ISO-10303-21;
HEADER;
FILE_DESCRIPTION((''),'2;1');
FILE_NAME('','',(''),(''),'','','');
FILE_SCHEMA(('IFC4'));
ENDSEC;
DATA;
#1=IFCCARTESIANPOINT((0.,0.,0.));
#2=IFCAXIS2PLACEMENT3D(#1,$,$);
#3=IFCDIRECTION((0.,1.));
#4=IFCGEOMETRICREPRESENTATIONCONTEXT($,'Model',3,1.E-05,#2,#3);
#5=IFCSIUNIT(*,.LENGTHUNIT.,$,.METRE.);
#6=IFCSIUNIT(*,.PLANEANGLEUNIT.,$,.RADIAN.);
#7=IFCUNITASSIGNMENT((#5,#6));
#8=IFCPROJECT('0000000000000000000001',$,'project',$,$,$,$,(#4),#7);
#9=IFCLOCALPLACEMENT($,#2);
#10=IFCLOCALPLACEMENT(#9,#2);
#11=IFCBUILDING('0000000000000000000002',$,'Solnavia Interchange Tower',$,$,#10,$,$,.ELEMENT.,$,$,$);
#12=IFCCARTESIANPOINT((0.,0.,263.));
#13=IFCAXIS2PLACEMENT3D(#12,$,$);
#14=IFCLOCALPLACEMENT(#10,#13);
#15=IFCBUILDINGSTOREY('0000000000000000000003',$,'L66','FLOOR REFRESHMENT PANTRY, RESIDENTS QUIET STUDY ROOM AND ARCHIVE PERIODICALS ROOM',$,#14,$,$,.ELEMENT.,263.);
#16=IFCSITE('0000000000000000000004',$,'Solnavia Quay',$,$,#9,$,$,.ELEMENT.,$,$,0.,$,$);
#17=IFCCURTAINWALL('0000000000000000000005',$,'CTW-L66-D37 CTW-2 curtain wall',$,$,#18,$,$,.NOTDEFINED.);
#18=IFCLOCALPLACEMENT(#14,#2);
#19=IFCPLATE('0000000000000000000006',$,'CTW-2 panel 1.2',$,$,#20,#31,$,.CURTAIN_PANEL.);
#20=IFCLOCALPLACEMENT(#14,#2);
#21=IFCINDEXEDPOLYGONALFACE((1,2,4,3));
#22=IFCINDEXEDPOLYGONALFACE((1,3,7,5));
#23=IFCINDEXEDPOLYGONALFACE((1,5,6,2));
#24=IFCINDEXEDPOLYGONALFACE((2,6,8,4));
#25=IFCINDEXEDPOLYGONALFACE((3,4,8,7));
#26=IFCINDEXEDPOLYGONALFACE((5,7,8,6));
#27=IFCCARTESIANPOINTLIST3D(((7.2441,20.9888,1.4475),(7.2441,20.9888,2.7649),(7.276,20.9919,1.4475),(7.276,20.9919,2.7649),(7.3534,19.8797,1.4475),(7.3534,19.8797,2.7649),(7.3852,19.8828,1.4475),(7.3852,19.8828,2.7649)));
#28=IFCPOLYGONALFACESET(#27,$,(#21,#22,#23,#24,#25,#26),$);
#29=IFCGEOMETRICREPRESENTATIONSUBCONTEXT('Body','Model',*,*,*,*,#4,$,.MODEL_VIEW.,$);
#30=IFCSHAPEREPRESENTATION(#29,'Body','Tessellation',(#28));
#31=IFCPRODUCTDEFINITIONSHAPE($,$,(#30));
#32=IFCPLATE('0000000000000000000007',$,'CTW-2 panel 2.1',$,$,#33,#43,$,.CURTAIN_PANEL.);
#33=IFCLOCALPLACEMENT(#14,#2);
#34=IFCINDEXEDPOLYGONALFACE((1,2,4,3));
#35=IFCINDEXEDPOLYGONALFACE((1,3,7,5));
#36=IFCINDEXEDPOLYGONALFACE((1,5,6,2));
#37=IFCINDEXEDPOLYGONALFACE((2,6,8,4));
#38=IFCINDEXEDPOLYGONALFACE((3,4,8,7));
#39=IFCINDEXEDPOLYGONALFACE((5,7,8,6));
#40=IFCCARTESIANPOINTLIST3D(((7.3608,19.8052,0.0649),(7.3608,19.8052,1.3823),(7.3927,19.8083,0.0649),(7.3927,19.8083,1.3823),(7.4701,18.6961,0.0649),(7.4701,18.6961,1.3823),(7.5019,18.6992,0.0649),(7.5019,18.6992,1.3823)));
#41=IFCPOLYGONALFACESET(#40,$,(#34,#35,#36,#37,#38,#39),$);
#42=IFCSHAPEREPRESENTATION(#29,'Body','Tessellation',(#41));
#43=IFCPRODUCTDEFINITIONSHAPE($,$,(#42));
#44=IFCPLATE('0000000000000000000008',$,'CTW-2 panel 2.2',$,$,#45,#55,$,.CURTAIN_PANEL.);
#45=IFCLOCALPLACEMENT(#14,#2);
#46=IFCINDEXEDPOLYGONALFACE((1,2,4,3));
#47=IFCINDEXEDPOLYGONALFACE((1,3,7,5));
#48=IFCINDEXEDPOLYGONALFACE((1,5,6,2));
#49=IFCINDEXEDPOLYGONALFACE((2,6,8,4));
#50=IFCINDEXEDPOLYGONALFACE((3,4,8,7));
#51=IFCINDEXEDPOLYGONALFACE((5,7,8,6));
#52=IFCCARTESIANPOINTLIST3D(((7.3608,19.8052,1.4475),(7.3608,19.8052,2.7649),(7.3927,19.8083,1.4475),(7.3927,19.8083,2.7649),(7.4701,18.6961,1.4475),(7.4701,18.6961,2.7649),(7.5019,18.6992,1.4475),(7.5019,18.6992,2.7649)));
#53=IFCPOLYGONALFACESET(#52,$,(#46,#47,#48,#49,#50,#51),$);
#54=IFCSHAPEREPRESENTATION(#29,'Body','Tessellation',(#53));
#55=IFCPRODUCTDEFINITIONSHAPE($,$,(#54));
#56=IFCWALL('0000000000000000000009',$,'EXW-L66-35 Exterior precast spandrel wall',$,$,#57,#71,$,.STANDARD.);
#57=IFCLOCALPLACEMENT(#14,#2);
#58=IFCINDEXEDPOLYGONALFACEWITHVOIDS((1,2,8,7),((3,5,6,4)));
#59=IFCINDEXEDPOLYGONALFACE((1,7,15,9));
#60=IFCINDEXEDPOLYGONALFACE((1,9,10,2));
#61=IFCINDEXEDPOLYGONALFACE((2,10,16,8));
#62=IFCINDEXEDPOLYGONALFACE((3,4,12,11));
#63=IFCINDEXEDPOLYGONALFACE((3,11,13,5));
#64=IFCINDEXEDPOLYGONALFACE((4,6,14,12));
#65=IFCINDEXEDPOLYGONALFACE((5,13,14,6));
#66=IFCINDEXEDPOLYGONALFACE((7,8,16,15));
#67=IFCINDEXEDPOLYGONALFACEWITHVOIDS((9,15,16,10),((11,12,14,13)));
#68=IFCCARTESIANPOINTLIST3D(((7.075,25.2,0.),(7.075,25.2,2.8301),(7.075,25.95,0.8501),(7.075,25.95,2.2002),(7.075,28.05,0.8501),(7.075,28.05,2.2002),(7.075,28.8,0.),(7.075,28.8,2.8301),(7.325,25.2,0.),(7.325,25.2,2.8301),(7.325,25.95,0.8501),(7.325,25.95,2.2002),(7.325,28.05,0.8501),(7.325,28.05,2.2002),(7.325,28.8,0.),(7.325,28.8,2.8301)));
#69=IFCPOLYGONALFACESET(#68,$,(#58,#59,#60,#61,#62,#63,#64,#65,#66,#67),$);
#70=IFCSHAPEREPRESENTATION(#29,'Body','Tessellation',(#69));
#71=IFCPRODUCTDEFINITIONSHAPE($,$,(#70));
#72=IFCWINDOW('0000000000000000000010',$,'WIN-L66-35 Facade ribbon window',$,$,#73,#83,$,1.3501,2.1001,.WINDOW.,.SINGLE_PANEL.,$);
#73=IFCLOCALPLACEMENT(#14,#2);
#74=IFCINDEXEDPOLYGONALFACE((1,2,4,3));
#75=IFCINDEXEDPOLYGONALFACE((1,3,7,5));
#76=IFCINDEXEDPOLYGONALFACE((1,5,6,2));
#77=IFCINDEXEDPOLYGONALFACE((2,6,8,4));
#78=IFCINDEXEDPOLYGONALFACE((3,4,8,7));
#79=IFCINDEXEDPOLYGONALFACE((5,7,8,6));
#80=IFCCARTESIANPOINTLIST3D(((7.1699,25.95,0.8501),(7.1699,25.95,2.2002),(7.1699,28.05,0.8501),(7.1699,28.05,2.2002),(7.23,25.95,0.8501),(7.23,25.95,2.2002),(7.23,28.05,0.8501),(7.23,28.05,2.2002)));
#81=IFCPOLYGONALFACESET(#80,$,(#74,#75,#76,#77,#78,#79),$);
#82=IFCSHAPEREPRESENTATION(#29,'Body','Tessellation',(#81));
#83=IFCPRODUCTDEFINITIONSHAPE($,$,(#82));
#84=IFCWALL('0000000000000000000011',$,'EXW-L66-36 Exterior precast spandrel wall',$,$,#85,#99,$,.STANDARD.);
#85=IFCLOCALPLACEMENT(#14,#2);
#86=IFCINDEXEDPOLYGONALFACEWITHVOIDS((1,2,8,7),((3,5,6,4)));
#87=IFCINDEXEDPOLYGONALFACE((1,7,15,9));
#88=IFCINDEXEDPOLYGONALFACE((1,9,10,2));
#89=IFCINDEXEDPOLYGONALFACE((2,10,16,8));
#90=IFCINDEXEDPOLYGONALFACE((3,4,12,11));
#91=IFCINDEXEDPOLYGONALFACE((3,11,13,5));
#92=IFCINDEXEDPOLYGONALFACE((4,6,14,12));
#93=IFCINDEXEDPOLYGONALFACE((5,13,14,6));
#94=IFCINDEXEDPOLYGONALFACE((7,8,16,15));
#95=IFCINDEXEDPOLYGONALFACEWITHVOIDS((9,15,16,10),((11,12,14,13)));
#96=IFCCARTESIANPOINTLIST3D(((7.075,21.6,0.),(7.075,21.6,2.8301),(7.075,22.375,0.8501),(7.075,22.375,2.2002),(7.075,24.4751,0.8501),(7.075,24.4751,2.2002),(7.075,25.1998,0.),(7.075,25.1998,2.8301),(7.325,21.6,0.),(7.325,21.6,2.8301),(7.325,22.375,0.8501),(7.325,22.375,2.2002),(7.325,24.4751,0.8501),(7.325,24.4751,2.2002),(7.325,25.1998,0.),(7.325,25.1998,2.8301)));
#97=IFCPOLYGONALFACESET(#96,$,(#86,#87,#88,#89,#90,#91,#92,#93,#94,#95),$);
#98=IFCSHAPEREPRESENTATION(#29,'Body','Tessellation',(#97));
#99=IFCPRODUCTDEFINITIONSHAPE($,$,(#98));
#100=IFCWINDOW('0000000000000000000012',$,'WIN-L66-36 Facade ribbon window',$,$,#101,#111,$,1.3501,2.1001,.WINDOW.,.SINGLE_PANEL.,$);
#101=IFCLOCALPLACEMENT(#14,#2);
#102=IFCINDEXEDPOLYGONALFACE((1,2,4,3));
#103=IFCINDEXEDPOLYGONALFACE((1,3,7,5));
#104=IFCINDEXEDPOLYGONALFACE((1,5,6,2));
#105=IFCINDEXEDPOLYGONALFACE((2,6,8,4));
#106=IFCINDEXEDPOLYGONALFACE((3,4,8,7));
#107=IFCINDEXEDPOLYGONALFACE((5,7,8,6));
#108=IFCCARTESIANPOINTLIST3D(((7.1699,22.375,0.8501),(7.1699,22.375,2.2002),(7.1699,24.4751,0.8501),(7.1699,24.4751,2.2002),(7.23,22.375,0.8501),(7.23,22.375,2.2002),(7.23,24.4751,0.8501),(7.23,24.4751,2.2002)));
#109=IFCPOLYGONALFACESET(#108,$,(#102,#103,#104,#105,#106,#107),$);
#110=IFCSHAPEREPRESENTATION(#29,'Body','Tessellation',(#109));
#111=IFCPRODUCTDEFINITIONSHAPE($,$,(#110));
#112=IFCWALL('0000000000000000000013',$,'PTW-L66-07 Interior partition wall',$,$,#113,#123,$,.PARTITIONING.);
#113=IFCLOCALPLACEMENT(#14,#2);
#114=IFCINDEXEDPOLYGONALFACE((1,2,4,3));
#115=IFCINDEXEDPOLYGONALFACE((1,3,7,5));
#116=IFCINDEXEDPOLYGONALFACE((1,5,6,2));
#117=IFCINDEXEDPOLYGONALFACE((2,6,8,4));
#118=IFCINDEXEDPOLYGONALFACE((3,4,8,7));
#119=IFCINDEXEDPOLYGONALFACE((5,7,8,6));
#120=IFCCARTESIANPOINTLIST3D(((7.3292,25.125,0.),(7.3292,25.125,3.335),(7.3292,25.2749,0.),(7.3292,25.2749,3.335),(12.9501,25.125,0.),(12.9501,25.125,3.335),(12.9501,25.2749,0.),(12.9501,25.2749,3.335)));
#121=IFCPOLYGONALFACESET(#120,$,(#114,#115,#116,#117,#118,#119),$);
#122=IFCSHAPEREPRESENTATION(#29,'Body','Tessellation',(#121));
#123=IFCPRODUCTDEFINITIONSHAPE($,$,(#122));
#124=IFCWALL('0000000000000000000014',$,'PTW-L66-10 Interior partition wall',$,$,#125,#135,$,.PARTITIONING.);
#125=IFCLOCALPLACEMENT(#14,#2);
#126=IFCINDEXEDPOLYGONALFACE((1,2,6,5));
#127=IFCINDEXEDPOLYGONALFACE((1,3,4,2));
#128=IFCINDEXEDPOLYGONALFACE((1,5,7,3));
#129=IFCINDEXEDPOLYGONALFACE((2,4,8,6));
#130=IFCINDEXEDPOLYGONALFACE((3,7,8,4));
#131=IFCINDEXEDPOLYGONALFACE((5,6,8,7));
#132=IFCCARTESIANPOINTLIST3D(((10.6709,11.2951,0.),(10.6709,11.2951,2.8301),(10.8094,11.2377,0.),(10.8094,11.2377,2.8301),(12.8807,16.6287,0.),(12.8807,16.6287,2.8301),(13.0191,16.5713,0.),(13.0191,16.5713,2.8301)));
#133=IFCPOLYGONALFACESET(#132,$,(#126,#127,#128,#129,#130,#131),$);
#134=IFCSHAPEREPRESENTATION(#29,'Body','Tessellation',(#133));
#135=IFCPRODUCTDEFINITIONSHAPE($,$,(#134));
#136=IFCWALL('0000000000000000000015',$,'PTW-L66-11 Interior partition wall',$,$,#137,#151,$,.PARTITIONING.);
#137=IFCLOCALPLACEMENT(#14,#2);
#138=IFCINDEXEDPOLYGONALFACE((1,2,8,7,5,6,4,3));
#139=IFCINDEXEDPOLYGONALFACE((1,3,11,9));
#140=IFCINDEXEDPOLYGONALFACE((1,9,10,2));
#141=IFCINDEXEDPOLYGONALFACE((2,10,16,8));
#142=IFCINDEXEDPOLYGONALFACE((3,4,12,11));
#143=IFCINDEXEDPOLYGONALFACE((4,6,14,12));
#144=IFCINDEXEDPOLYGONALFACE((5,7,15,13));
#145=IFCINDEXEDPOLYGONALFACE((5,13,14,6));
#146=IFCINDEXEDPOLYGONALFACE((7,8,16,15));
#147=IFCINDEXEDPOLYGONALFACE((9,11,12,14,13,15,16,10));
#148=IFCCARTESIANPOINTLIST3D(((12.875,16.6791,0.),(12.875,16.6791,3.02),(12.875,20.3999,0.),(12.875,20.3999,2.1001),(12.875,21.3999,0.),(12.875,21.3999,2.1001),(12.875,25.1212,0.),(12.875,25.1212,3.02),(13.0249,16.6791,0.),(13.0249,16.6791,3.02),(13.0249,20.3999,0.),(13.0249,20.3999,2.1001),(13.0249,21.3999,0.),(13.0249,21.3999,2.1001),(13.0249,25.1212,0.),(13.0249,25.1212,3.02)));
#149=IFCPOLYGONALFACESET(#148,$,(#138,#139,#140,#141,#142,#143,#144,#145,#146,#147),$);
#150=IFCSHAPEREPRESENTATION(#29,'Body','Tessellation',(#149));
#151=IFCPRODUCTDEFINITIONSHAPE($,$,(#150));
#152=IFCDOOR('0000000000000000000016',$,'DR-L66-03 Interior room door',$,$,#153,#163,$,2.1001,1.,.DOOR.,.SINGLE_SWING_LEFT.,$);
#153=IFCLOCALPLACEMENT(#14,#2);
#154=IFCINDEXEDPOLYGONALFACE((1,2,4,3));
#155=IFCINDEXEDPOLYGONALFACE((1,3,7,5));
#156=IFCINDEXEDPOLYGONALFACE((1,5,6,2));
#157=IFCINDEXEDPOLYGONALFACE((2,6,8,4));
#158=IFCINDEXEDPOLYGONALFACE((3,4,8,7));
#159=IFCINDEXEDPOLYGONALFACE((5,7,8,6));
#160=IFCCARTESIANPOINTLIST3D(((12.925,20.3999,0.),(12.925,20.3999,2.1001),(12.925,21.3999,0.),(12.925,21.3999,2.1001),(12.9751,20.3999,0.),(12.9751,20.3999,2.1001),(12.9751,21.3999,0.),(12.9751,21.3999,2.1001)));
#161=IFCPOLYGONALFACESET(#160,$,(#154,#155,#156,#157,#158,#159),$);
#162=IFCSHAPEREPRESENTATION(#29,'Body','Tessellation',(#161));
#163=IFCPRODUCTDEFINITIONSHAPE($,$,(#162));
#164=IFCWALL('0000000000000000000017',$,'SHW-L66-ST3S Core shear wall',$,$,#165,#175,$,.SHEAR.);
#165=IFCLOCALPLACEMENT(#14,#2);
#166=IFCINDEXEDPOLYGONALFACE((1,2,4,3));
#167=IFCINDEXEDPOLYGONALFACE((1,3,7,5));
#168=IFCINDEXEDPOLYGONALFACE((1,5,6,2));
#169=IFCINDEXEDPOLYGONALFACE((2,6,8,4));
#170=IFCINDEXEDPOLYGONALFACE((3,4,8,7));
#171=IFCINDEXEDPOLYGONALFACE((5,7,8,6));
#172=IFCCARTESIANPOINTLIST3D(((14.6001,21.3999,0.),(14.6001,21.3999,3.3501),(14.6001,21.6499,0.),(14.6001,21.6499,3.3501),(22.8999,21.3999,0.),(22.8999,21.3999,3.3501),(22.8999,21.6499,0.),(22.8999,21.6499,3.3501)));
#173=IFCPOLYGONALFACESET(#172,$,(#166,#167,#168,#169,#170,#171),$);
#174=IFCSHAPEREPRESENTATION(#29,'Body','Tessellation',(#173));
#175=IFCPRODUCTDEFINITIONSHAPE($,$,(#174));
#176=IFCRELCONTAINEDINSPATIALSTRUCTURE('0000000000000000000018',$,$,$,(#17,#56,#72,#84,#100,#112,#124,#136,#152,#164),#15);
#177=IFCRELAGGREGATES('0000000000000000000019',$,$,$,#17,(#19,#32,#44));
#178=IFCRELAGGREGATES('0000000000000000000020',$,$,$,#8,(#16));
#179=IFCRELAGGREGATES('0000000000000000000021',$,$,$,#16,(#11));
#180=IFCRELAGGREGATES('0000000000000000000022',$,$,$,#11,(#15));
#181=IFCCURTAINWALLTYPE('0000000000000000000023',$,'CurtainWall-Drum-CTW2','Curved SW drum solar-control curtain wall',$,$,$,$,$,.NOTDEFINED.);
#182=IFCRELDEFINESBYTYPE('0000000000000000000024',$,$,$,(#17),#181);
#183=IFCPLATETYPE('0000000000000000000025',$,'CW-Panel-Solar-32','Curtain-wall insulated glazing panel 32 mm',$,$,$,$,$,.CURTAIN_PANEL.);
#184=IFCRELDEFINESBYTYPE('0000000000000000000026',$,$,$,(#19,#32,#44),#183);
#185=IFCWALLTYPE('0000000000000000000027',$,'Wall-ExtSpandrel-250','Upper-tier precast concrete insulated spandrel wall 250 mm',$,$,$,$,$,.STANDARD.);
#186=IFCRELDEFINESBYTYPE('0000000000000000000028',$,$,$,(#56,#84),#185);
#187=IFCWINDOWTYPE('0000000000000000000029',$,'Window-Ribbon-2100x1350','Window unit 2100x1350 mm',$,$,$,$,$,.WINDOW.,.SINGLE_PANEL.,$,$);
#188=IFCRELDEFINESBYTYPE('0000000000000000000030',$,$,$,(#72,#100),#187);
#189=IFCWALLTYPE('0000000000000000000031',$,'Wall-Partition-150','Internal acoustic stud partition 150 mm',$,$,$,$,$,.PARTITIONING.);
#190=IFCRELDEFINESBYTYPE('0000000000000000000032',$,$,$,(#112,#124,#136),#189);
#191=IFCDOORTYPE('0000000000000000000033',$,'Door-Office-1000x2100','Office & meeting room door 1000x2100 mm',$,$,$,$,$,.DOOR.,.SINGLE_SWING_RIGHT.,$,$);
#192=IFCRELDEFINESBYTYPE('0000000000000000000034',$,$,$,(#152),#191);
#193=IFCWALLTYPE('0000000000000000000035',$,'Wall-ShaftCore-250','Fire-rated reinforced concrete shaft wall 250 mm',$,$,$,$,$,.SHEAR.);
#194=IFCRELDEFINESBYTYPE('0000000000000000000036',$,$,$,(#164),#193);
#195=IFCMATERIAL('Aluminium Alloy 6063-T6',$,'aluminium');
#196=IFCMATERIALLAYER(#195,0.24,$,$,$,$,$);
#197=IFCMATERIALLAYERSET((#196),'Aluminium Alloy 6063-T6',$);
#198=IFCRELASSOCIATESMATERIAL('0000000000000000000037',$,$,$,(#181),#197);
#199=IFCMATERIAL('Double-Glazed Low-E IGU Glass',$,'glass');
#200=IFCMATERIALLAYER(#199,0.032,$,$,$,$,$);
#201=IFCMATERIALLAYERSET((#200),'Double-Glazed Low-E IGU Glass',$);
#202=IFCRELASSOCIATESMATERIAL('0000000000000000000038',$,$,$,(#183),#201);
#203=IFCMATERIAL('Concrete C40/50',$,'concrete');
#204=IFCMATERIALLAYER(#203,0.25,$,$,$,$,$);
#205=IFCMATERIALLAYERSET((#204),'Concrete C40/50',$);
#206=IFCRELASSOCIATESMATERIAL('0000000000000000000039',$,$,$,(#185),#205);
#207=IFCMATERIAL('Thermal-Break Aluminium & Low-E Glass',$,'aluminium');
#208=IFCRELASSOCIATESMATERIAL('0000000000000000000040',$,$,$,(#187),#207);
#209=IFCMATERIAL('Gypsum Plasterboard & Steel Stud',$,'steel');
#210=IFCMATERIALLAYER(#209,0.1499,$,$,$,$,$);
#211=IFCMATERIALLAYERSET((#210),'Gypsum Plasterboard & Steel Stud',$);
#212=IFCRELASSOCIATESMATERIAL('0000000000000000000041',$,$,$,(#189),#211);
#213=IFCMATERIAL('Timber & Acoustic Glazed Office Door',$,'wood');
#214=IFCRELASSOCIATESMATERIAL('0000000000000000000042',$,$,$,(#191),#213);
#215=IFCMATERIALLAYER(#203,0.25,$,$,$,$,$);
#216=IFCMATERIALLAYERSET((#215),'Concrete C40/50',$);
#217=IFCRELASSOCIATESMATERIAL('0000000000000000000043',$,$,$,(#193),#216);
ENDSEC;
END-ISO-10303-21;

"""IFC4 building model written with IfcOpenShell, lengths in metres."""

from ifc_helpers import new_model, si_unit, direction, frame, frame_2d, origin, origin_2d, place, context, subcontext, project, spatial, rectangle, extrude, material, layer, layer_set, type_object, element, fill, aggregate, save


model = new_model("IFC4")

# Units and contexts
model_context = context("Model", 3, precision=1e-05, world=origin(), true_north=direction((0.0, 1.0)))
body_context = subcontext(model_context, "Body", "Model", "MODEL_VIEW")
ifc_project = project(units=[si_unit("LENGTHUNIT", "METRE"), si_unit("PLANEANGLEUNIT", "RADIAN")], contexts=[model_context])

# Site, building, storey
site_placement = place(None, origin())
site = spatial("IfcSite", under=ifc_project, at=site_placement, Name="Solnavia Quay", CompositionType="ELEMENT", RefElevation=0.0)
building_placement = place(site_placement, origin())
building = spatial("IfcBuilding", under=site, at=building_placement, Name="Solnavia Interchange Tower", CompositionType="ELEMENT")
storey_placement = place(building_placement, frame((0.0, 0.0, 263.0)))
storey = spatial("IfcBuildingStorey", under=building, at=storey_placement, Name="L66", Description="FLOOR REFRESHMENT PANTRY, RESIDENTS QUIET STUDY ROOM AND ARCHIVE PERIODICALS ROOM", CompositionType="ELEMENT", Elevation=263.0)

# Curtain wall, plates
ifc_material_1 = material(Name="Aluminium Alloy 6063-T6", Category="aluminium")
ifc_layer_1 = layer(ifc_material_1, 0.24)
ifc_layer_set_1 = layer_set([ifc_layer_1], Name="Aluminium Alloy 6063-T6")
curtain_wall_type = type_object("IfcCurtainWallType", Name="CurtainWall-Drum-CTW2", Description="Curved SW drum solar-control curtain wall", PredefinedType="NOTDEFINED", material=ifc_layer_set_1)
curtain_wall_placement = place(storey_placement, origin())
curtain_wall = element("IfcCurtainWall", 1, at=curtain_wall_placement, inside=storey, type_object=curtain_wall_type, Name="CTW-L66-D37 CTW-2 curtain wall", PredefinedType="NOTDEFINED")
ifc_material_2 = material(Name="Double-Glazed Low-E IGU Glass", Category="glass")
ifc_layer_2 = layer(ifc_material_2, 0.032)
ifc_layer_set_2 = layer_set([ifc_layer_2], Name="Double-Glazed Low-E IGU Glass")
plate_type = type_object("IfcPlateType", Name="CW-Panel-Solar-32", Description="Curtain-wall insulated glazing panel 32 mm", PredefinedType="CURTAIN_PANEL", material=ifc_layer_set_2)
plate_1_placement = place(storey_placement, frame((7.3147, 20.4358, 1.4475), z_axis=(0.0, 0.0, 1.0), x_axis=(0.098043, -0.995182, 0.0)))
plate_1 = element("IfcPlate", 2, at=plate_1_placement, type_object=plate_type, Name="CTW-2 panel 1.2", PredefinedType="CURTAIN_PANEL", context=body_context, shape_type="SweptSolid", body=[
    extrude(rectangle(XDim=1.1145, YDim=0.032, at=origin_2d()), origin(), (0.0, 0.0, 1.0), 1.3174),
])
plate_2_placement = place(storey_placement, frame((7.4314, 19.2522, 0.0649), z_axis=(0.0, 0.0, 1.0), x_axis=(0.098043, -0.995182, 0.0)))
plate_2 = element("IfcPlate", 3, at=plate_2_placement, type_object=plate_type, Name="CTW-2 panel 2.1", PredefinedType="CURTAIN_PANEL", context=body_context, shape_type="SweptSolid", body=[
    extrude(rectangle(XDim=1.1145, YDim=0.032, at=origin_2d()), origin(), (0.0, 0.0, 1.0), 1.3174),
])
plate_3_placement = place(storey_placement, frame((7.4314, 19.2522, 1.4475), z_axis=(0.0, 0.0, 1.0), x_axis=(0.098043, -0.995182, 0.0)))
plate_3 = element("IfcPlate", 4, at=plate_3_placement, type_object=plate_type, Name="CTW-2 panel 2.2", PredefinedType="CURTAIN_PANEL", context=body_context, shape_type="SweptSolid", body=[
    extrude(rectangle(XDim=1.1145, YDim=0.032, at=origin_2d()), origin(), (0.0, 0.0, 1.0), 1.3174),
])
aggregate(curtain_wall, [plate_1, plate_2, plate_3])

# Walls, openings, windows
ifc_material_3 = material(Name="Concrete C40/50", Category="concrete")
ifc_layer_3 = layer(ifc_material_3, 0.25)
ifc_layer_set_3 = layer_set([ifc_layer_3], Name="Concrete C40/50")
wall_type_1 = type_object("IfcWallType", Name="Wall-ExtSpandrel-250", Description="Upper-tier precast concrete insulated spandrel wall 250 mm", PredefinedType="STANDARD", material=ifc_layer_set_3)
wall_1_placement = place(storey_placement, frame((7.2, 25.2, 0.0), z_axis=(0.0, 0.0, 1.0), x_axis=(0.0, 1.0, 0.0)))
wall_1 = element("IfcWall", 5, at=wall_1_placement, inside=storey, type_object=wall_type_1, Name="EXW-L66-35 Exterior precast spandrel wall", PredefinedType="STANDARD", context=body_context, shape_type="SweptSolid", body=[
    extrude(rectangle(XDim=3.6001, YDim=0.25, at=frame_2d((1.8, 0.0))), origin(), (0.0, 0.0, 1.0), 2.8301),
])
opening_1_placement = place(wall_1_placement, frame((0.75, 0.0, 0.8501)))
opening_1 = element("IfcOpeningElement", 6, at=opening_1_placement, cuts=wall_1, PredefinedType="OPENING", context=body_context, shape_type="SweptSolid", body=[
    extrude(rectangle(XDim=2.1001, YDim=1.3501, at=frame_2d((1.05, 0.675))), frame((0.0, 0.135, 0.0), z_axis=(0.0, -1.0, 0.0), x_axis=(1.0, 0.0, 0.0)), (0.0, 0.0, 1.0), 0.27),
])
ifc_material_4 = material(Name="Thermal-Break Aluminium & Low-E Glass", Category="aluminium")
window_type = type_object("IfcWindowType", Name="Window-Ribbon-2100x1350", Description="Window unit 2100x1350 mm", PartitioningType="SINGLE_PANEL", PredefinedType="WINDOW", material=ifc_material_4)
window_1_placement = place(opening_1_placement, origin())
window_1 = element("IfcWindow", 7, at=window_1_placement, inside=storey, type_object=window_type, Name="WIN-L66-35 Facade ribbon window", OverallHeight=1.3501, OverallWidth=2.1001, PartitioningType="SINGLE_PANEL", PredefinedType="WINDOW", context=body_context, shape_type="SweptSolid", body=[
    extrude(rectangle(XDim=2.1001, YDim=1.3501, at=frame_2d((1.05, 0.675))), frame((0.0, 0.03, 0.0), z_axis=(0.0, -1.0, 0.0), x_axis=(1.0, 0.0, 0.0)), (0.0, 0.0, 1.0), 0.0601),
])
fill(opening_1, window_1)
wall_2_placement = place(storey_placement, frame((7.2, 21.6001, 0.0), z_axis=(0.0, 0.0, 1.0), x_axis=(0.0, 1.0, 0.0)))
wall_2 = element("IfcWall", 8, at=wall_2_placement, inside=storey, type_object=wall_type_1, Name="EXW-L66-36 Exterior precast spandrel wall", PredefinedType="STANDARD", context=body_context, shape_type="SweptSolid", body=[
    extrude(rectangle(XDim=3.5999, YDim=0.25, at=frame_2d((1.7998, 0.0))), origin(), (0.0, 0.0, 1.0), 2.8301),
])
opening_2_placement = place(wall_2_placement, frame((0.7749, 0.0, 0.8501)))
opening_2 = element("IfcOpeningElement", 9, at=opening_2_placement, cuts=wall_2, PredefinedType="OPENING", context=body_context, shape_type="SweptSolid", body=[
    extrude(rectangle(XDim=2.1001, YDim=1.3501, at=frame_2d((1.05, 0.675))), frame((0.0, 0.135, 0.0), z_axis=(0.0, -1.0, 0.0), x_axis=(1.0, 0.0, 0.0)), (0.0, 0.0, 1.0), 0.27),
])
window_2_placement = place(opening_2_placement, origin())
window_2 = element("IfcWindow", 10, at=window_2_placement, inside=storey, type_object=window_type, Name="WIN-L66-36 Facade ribbon window", OverallHeight=1.3501, OverallWidth=2.1001, PartitioningType="SINGLE_PANEL", PredefinedType="WINDOW", context=body_context, shape_type="SweptSolid", body=[
    extrude(rectangle(XDim=2.1001, YDim=1.3501, at=frame_2d((1.05, 0.675))), frame((0.0, 0.03, 0.0), z_axis=(0.0, -1.0, 0.0), x_axis=(1.0, 0.0, 0.0)), (0.0, 0.0, 1.0), 0.0601),
])
fill(opening_2, window_2)

# Walls
ifc_material_5 = material(Name="Gypsum Plasterboard & Steel Stud", Category="steel")
ifc_layer_4 = layer(ifc_material_5, 0.1499)
ifc_layer_set_4 = layer_set([ifc_layer_4], Name="Gypsum Plasterboard & Steel Stud")
wall_type_2 = type_object("IfcWallType", Name="Wall-Partition-150", Description="Internal acoustic stud partition 150 mm", PredefinedType="PARTITIONING", material=ifc_layer_set_4)
wall_3_placement = place(storey_placement, frame((7.3291, 25.2, 0.0), z_axis=(0.0, 0.0, 1.0), x_axis=(1.0, 0.0, 0.0)))
element("IfcWall", 11, at=wall_3_placement, inside=storey, type_object=wall_type_2, Name="PTW-L66-07 Interior partition wall", PredefinedType="PARTITIONING", context=body_context, shape_type="SweptSolid", body=[
    extrude(rectangle(XDim=5.6208, YDim=0.1499, at=frame_2d((2.8105, 0.0))), origin(), (0.0, 0.0, 1.0), 3.335),
])
wall_4_placement = place(storey_placement, frame((12.95, 16.6001, 0.0), z_axis=(0.0, 0.0, 1.0), x_axis=(-0.382759, -0.923848, 0.0)))
element("IfcWall", 12, at=wall_4_placement, inside=storey, type_object=wall_type_2, Name="PTW-L66-10 Interior partition wall", PredefinedType="PARTITIONING", context=body_context, shape_type="SweptSolid", body=[
    extrude(rectangle(XDim=5.7732, YDim=0.1499, at=frame_2d((2.8867, 0.0))), origin(), (0.0, 0.0, 1.0), 2.8301),
])

# Wall, opening, door
wall_5_placement = place(storey_placement, frame((12.95, 16.679, 0.0), z_axis=(0.0, 0.0, 1.0), x_axis=(0.0, 1.0, 0.0)))
wall_5 = element("IfcWall", 13, at=wall_5_placement, inside=storey, type_object=wall_type_2, Name="PTW-L66-11 Interior partition wall", PredefinedType="PARTITIONING", context=body_context, shape_type="SweptSolid", body=[
    extrude(rectangle(XDim=8.4421, YDim=0.1499, at=frame_2d((4.2212, 0.0))), origin(), (0.0, 0.0, 1.0), 3.02),
])
opening_3_placement = place(wall_5_placement, frame((3.7209, 0.0, 0.0)))
opening_3 = element("IfcOpeningElement", 14, at=opening_3_placement, cuts=wall_5, PredefinedType="OPENING", context=body_context, shape_type="SweptSolid", body=[
    extrude(rectangle(XDim=1.0, YDim=2.1001, at=frame_2d((0.5, 1.05))), frame((0.0, 0.085, 0.0), z_axis=(0.0, -1.0, 0.0), x_axis=(1.0, 0.0, 0.0)), (0.0, 0.0, 1.0), 0.1699),
])
ifc_material_6 = material(Name="Timber & Acoustic Glazed Office Door", Category="wood")
door_type = type_object("IfcDoorType", Name="Door-Office-1000x2100", Description="Office & meeting room door 1000x2100 mm", OperationType="SINGLE_SWING_RIGHT", PredefinedType="DOOR", material=ifc_material_6)
door_placement = place(opening_3_placement, origin())
door = element("IfcDoor", 15, at=door_placement, inside=storey, type_object=door_type, Name="DR-L66-03 Interior room door", OperationType="SINGLE_SWING_LEFT", OverallHeight=2.1001, OverallWidth=1.0, PredefinedType="DOOR", context=body_context, shape_type="SweptSolid", body=[
    extrude(rectangle(XDim=1.0, YDim=2.1001, at=frame_2d((0.5, 1.05))), frame((0.0, 0.0249, 0.0), z_axis=(0.0, -1.0, 0.0), x_axis=(1.0, 0.0, 0.0)), (0.0, 0.0, 1.0), 0.05),
])
fill(opening_3, door)

# Wall
ifc_layer_5 = layer(ifc_material_3, 0.25)
ifc_layer_set_5 = layer_set([ifc_layer_5], Name="Concrete C40/50")
wall_type_3 = type_object("IfcWallType", Name="Wall-ShaftCore-250", Description="Fire-rated reinforced concrete shaft wall 250 mm", PredefinedType="SHEAR", material=ifc_layer_set_5)
for number, where, z_axis, x_axis, name in (
    (16, (14.6001, 21.5249, 0.0), (0.0, 0.0, 1.0), (1.0, 0.0, 0.0), "SHW-L66-ST3S Core shear wall"),
):
    element("IfcWall", number, at=place(storey_placement, frame(where, z_axis=z_axis, x_axis=x_axis)), inside=storey, type_object=wall_type_3, Name=name, PredefinedType="SHEAR", context=body_context, shape_type="SweptSolid", body=[
        extrude(rectangle(XDim=8.2998, YDim=0.25, at=frame_2d((4.1499, 0.0))), origin(), (0.0, 0.0, 1.0), 3.3501),
    ])

save(model, "model.ifc")
